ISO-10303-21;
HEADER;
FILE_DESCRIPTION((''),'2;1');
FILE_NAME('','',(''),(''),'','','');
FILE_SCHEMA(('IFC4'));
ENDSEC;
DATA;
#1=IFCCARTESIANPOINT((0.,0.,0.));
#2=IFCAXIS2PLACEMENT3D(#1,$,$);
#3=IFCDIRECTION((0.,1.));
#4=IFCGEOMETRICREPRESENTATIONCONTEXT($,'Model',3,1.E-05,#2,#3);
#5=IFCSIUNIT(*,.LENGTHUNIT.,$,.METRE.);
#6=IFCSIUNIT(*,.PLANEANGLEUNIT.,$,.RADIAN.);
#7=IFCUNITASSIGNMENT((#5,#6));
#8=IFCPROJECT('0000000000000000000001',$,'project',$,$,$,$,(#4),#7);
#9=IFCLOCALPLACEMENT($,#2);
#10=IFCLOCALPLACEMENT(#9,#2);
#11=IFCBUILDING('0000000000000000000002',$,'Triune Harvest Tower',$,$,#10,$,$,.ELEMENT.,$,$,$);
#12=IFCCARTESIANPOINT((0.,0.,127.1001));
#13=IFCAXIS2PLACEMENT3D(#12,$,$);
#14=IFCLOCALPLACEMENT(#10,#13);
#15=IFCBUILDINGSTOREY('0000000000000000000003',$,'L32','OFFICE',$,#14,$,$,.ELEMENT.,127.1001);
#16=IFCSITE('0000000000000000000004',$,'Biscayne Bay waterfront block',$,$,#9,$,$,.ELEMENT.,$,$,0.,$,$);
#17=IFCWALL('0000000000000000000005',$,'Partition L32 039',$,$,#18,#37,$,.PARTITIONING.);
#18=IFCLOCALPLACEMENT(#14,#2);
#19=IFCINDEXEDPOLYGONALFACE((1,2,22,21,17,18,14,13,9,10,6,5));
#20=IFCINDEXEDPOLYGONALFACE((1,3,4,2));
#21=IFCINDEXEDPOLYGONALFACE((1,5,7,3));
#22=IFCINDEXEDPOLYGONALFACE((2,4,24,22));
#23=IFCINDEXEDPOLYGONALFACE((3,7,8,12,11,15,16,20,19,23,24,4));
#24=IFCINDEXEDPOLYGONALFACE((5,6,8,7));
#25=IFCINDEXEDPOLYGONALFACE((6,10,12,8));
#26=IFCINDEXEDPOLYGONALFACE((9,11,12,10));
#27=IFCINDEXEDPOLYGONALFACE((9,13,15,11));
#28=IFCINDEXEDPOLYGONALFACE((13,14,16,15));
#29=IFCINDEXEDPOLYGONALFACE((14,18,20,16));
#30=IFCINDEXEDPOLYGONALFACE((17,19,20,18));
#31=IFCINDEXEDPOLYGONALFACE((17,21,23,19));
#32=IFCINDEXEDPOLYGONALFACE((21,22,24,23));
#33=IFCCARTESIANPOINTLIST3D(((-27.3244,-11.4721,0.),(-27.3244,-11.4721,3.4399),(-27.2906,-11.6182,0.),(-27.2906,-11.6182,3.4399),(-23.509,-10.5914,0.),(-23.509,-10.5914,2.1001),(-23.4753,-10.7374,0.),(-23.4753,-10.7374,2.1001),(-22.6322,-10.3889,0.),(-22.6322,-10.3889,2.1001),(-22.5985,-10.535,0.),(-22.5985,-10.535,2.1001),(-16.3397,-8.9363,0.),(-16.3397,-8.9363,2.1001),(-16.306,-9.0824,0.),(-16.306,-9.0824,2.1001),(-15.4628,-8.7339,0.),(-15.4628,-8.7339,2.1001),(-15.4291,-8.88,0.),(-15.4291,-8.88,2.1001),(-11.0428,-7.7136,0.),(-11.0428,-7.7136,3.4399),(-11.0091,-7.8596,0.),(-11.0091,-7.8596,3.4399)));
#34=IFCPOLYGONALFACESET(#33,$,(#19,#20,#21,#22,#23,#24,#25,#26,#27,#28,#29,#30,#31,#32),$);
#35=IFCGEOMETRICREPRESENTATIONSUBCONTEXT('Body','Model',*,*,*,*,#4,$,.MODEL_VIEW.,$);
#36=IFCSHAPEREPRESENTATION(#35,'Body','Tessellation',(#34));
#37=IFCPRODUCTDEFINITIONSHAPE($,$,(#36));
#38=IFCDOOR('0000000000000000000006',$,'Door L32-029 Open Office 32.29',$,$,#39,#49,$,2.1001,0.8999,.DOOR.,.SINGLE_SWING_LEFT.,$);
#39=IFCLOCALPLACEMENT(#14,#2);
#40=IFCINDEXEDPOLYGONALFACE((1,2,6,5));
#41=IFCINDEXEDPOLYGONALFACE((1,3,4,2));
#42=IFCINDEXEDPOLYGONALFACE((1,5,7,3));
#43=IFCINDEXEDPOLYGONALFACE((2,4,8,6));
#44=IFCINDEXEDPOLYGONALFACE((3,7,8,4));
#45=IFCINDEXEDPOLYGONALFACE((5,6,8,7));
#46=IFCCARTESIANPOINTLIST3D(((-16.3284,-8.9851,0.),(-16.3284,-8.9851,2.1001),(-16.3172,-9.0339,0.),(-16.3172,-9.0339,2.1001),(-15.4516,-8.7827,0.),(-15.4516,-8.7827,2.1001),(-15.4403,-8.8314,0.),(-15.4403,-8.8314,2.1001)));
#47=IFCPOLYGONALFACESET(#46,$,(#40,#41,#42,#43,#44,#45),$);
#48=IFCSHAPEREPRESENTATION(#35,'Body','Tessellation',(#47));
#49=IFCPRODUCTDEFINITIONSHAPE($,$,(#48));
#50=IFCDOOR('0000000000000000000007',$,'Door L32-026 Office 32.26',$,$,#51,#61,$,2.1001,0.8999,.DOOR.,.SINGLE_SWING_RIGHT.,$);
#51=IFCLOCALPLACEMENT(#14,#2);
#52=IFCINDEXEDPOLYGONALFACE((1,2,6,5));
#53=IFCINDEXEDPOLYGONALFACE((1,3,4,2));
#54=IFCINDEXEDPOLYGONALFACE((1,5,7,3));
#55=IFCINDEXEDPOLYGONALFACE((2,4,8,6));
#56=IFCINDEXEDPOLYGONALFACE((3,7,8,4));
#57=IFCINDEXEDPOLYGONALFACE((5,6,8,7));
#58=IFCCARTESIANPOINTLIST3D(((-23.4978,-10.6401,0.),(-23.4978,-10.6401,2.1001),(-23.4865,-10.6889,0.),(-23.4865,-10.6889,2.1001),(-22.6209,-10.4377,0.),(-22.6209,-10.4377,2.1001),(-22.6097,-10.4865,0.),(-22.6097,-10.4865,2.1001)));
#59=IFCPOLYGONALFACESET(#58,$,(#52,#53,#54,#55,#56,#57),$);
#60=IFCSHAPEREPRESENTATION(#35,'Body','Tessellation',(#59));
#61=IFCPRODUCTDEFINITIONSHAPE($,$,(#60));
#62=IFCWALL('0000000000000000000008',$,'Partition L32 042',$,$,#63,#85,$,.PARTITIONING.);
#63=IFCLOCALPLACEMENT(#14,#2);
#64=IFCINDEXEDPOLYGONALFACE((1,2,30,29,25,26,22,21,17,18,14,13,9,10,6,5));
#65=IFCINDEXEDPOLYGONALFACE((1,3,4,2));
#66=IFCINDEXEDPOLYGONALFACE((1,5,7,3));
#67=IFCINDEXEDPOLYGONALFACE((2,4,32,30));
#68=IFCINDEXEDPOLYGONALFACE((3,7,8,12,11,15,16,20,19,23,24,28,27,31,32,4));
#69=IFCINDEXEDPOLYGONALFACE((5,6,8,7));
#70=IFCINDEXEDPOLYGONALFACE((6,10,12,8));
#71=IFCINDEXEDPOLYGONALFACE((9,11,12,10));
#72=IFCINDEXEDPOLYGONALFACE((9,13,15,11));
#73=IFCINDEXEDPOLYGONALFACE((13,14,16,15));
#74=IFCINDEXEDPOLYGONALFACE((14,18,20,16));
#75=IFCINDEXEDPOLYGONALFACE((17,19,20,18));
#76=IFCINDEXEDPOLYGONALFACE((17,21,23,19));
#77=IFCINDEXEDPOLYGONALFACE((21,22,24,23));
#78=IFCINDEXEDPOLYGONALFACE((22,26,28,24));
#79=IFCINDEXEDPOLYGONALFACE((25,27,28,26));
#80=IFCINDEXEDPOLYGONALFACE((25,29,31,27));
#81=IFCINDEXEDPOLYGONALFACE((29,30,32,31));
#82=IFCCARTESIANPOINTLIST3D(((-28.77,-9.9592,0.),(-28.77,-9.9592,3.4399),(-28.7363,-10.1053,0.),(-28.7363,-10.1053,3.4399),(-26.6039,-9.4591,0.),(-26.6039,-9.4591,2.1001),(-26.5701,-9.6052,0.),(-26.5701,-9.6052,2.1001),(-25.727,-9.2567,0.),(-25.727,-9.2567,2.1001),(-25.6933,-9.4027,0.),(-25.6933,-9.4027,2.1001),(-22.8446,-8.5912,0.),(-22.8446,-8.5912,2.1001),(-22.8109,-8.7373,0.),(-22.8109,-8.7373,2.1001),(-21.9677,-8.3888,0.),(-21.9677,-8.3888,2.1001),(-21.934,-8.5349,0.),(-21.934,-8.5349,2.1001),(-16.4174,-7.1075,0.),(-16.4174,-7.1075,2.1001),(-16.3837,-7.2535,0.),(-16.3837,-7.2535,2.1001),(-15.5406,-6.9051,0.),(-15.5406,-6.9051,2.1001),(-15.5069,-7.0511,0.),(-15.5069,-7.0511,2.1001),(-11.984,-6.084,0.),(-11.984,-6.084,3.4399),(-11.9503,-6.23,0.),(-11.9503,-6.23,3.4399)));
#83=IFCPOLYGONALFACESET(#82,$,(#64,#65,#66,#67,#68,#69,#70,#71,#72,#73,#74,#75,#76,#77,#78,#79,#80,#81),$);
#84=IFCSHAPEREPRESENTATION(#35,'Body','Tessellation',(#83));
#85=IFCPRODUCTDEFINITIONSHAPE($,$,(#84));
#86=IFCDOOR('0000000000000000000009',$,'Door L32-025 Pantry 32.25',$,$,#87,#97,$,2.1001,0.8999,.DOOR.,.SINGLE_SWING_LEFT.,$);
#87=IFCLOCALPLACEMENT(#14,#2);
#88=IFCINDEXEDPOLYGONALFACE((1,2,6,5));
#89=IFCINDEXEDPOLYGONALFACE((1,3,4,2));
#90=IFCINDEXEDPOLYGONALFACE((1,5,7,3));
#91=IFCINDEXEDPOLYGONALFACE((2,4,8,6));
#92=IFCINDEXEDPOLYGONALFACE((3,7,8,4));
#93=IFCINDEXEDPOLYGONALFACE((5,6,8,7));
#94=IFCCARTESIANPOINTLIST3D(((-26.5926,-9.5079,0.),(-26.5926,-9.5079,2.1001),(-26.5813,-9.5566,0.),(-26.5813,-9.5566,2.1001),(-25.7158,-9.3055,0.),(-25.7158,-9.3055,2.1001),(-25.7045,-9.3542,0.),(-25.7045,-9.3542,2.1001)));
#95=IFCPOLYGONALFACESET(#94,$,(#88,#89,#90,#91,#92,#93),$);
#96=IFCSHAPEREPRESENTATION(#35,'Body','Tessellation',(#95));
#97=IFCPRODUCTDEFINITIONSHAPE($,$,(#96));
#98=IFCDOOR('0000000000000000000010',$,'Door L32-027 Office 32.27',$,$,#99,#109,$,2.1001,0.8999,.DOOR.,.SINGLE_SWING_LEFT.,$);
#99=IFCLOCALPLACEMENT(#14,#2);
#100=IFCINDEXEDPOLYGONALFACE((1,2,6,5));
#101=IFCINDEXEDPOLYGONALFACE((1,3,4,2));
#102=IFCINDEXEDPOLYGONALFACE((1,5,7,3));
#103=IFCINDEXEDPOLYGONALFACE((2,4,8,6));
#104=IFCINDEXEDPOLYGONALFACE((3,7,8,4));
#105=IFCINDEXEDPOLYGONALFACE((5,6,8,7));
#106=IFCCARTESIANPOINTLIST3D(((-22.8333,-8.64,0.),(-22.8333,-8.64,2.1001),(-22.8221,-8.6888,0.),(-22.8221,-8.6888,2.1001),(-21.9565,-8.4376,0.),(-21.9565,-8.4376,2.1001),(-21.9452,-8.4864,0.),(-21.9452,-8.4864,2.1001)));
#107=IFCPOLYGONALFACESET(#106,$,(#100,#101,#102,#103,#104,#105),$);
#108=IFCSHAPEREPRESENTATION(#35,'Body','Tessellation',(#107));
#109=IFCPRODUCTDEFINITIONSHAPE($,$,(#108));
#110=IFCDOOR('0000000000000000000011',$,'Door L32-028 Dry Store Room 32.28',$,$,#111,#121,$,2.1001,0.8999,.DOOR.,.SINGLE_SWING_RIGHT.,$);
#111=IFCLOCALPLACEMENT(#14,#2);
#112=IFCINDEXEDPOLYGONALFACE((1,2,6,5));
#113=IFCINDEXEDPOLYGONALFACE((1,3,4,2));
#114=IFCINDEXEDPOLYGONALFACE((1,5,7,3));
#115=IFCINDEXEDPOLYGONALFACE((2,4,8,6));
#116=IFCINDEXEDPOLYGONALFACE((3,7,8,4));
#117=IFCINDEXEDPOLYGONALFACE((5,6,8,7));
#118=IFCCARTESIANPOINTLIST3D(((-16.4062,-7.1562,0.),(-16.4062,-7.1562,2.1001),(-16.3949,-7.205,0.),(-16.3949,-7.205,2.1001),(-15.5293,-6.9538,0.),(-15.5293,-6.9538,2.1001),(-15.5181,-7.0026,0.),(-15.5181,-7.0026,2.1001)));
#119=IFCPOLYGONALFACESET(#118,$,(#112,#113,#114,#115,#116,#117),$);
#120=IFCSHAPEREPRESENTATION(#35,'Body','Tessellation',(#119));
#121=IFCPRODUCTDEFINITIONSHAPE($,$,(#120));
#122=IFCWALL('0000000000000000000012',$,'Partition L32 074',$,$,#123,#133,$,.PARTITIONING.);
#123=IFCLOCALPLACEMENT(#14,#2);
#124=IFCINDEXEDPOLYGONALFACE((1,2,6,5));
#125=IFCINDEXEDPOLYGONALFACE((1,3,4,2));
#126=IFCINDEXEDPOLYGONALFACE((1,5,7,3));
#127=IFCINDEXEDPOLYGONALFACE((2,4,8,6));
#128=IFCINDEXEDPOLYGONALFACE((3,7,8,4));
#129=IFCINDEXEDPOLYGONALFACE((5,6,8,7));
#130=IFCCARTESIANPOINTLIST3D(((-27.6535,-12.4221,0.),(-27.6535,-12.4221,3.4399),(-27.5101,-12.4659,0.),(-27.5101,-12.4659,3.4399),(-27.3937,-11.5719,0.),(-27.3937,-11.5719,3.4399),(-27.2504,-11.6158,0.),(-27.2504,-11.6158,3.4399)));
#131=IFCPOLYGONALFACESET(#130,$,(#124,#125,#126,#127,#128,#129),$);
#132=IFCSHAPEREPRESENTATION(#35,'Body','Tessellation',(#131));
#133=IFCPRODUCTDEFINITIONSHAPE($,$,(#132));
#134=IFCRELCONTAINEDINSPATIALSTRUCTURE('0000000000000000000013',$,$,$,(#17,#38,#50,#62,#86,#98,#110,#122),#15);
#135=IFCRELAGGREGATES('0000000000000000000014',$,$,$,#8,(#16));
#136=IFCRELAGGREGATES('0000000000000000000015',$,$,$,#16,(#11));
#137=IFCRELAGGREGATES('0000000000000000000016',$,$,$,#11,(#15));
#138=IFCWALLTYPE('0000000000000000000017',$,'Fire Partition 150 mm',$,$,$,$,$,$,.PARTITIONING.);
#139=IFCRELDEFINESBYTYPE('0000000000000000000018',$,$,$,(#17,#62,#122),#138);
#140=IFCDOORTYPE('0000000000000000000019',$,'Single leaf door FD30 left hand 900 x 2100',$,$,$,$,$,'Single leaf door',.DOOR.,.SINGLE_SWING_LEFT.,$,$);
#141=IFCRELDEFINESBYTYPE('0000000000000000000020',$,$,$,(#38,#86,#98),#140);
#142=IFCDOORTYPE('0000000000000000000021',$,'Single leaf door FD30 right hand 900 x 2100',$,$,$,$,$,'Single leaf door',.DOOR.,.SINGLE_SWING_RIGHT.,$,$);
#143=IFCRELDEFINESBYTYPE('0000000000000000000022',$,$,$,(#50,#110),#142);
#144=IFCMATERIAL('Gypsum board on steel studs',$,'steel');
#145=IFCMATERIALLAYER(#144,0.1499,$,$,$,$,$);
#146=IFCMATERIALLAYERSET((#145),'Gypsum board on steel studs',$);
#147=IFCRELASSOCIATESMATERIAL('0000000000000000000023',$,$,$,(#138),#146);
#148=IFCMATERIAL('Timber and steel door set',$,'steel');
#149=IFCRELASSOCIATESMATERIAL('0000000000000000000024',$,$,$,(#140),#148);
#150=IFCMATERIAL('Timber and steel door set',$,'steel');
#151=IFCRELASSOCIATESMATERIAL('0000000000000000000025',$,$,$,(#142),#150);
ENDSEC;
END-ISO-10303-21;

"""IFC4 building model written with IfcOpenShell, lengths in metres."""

from ifc_helpers import new_model, si_unit, direction, frame, frame_2d, origin, place, context, subcontext, project, spatial, rectangle, extrude, material, layer, layer_set, type_object, element, fill, save


model = new_model("IFC4")

# Units and contexts
model_context = context("Model", 3, precision=1e-05, world=origin(), true_north=direction((0.0, 1.0)))
body_context = subcontext(model_context, "Body", "Model", "MODEL_VIEW")
ifc_project = project(units=[si_unit("LENGTHUNIT", "METRE"), si_unit("PLANEANGLEUNIT", "RADIAN")], contexts=[model_context])

# Site, building, storey
site_placement = place(None, origin())
site = spatial("IfcSite", under=ifc_project, at=site_placement, Name="Biscayne Bay waterfront block", CompositionType="ELEMENT", RefElevation=0.0)
building_placement = place(site_placement, origin())
building = spatial("IfcBuilding", under=site, at=building_placement, Name="Triune Harvest Tower", CompositionType="ELEMENT")
storey_placement = place(building_placement, frame((0.0, 0.0, 127.1001)))
storey = spatial("IfcBuildingStorey", under=building, at=storey_placement, Name="L32", Description="OFFICE", CompositionType="ELEMENT", Elevation=127.1001)

# Walls, openings, doors
ifc_material_1 = material(Name="Gypsum board on steel studs", Category="steel")
ifc_layer_1 = layer(ifc_material_1, 0.1499)
ifc_layer_set_1 = layer_set([ifc_layer_1], Name="Gypsum board on steel studs")
wall_type = type_object("IfcWallType", Name="Fire Partition 150 mm", PredefinedType="PARTITIONING", material=ifc_layer_set_1)
wall_1_placement = place(storey_placement, frame((-27.3076, -11.5452, 0.0), z_axis=(0.0, 0.0, 1.0), x_axis=(0.974374, 0.224932, 0.0)))
wall_1 = element("IfcWall", 1, at=wall_1_placement, inside=storey, type_object=wall_type, Name="Partition L32 039", PredefinedType="PARTITIONING", context=body_context, shape_type="SweptSolid", body=[
    extrude(rectangle(XDim=16.7097, YDim=0.1499, at=frame_2d((8.355, 0.0))), origin(), (0.0, 0.0, 1.0), 3.4399),
])
opening_1_placement = place(wall_1_placement, frame((3.9158, 0.0, 0.0)))
opening_1 = element("IfcOpeningElement", 2, at=opening_1_placement, cuts=wall_1, PredefinedType="OPENING", context=body_context, shape_type="SweptSolid", body=[
    extrude(rectangle(XDim=0.8999, YDim=2.1001, at=frame_2d((0.45, 1.05))), frame((0.0, 0.085, 0.0), z_axis=(0.0, -1.0, 0.0), x_axis=(1.0, 0.0, 0.0)), (0.0, 0.0, 1.0), 0.1699),
])
opening_2_placement = place(wall_1_placement, frame((11.2737, 0.0, 0.0)))
opening_2 = element("IfcOpeningElement", 3, at=opening_2_placement, cuts=wall_1, PredefinedType="OPENING", context=body_context, shape_type="SweptSolid", body=[
    extrude(rectangle(XDim=0.8999, YDim=2.1001, at=frame_2d((0.45, 1.05))), frame((0.0, 0.085, 0.0), z_axis=(0.0, -1.0, 0.0), x_axis=(1.0, 0.0, 0.0)), (0.0, 0.0, 1.0), 0.1699),
])
ifc_material_2 = material(Name="Timber and steel door set", Category="steel")
door_type_1 = type_object("IfcDoorType", Name="Single leaf door FD30 left hand 900 x 2100", ElementType="Single leaf door", OperationType="SINGLE_SWING_LEFT", PredefinedType="DOOR", material=ifc_material_2)
door_1_placement = place(opening_2_placement, origin())
door_1 = element("IfcDoor", 4, at=door_1_placement, inside=storey, type_object=door_type_1, Name="Door L32-029 Open Office 32.29", OperationType="SINGLE_SWING_LEFT", OverallHeight=2.1001, OverallWidth=0.8999, PredefinedType="DOOR", context=body_context, shape_type="SweptSolid", body=[
    extrude(rectangle(XDim=0.8999, YDim=2.1001, at=frame_2d((0.45, 1.05))), frame((0.0, 0.0249, 0.0), z_axis=(0.0, -1.0, 0.0), x_axis=(1.0, 0.0, 0.0)), (0.0, 0.0, 1.0), 0.05),
])
fill(opening_2, door_1)
ifc_material_3 = material(Name="Timber and steel door set", Category="steel")
door_type_2 = type_object("IfcDoorType", Name="Single leaf door FD30 right hand 900 x 2100", ElementType="Single leaf door", OperationType="SINGLE_SWING_RIGHT", PredefinedType="DOOR", material=ifc_material_3)
door_2_placement = place(opening_1_placement, origin())
door_2 = element("IfcDoor", 5, at=door_2_placement, inside=storey, type_object=door_type_2, Name="Door L32-026 Office 32.26", OperationType="SINGLE_SWING_RIGHT", OverallHeight=2.1001, OverallWidth=0.8999, PredefinedType="DOOR", context=body_context, shape_type="SweptSolid", body=[
    extrude(rectangle(XDim=0.8999, YDim=2.1001, at=frame_2d((0.45, 1.05))), frame((0.0, 0.0249, 0.0), z_axis=(0.0, -1.0, 0.0), x_axis=(1.0, 0.0, 0.0)), (0.0, 0.0, 1.0), 0.05),
])
fill(opening_1, door_2)
wall_2_placement = place(storey_placement, frame((-28.7532, -10.0322, 0.0), z_axis=(0.0, 0.0, 1.0), x_axis=(0.974372, 0.224943, 0.0)))
wall_2 = element("IfcWall", 6, at=wall_2_placement, inside=storey, type_object=wall_type, Name="Partition L32 042", PredefinedType="PARTITIONING", context=body_context, shape_type="SweptSolid", body=[
    extrude(rectangle(XDim=17.2275, YDim=0.1499, at=frame_2d((8.6138, 0.0))), origin(), (0.0, 0.0, 1.0), 3.4399),
])
opening_3_placement = place(wall_2_placement, frame((2.2231, 0.0, 0.0)))
opening_3 = element("IfcOpeningElement", 7, at=opening_3_placement, cuts=wall_2, PredefinedType="OPENING", context=body_context, shape_type="SweptSolid", body=[
    extrude(rectangle(XDim=0.8999, YDim=2.1001, at=frame_2d((0.45, 1.05))), frame((0.0, 0.085, 0.0), z_axis=(0.0, -1.0, 0.0), x_axis=(1.0, 0.0, 0.0)), (0.0, 0.0, 1.0), 0.1699),
])
opening_4_placement = place(wall_2_placement, frame((6.0813, 0.0, 0.0)))
opening_4 = element("IfcOpeningElement", 8, at=opening_4_placement, cuts=wall_2, PredefinedType="OPENING", context=body_context, shape_type="SweptSolid", body=[
    extrude(rectangle(XDim=0.8999, YDim=2.1001, at=frame_2d((0.45, 1.05))), frame((0.0, 0.085, 0.0), z_axis=(0.0, -1.0, 0.0), x_axis=(1.0, 0.0, 0.0)), (0.0, 0.0, 1.0), 0.1699),
])
opening_5_placement = place(wall_2_placement, frame((12.6775, 0.0, 0.0)))
opening_5 = element("IfcOpeningElement", 9, at=opening_5_placement, cuts=wall_2, PredefinedType="OPENING", context=body_context, shape_type="SweptSolid", body=[
    extrude(rectangle(XDim=0.8999, YDim=2.1001, at=frame_2d((0.45, 1.05))), frame((0.0, 0.085, 0.0), z_axis=(0.0, -1.0, 0.0), x_axis=(1.0, 0.0, 0.0)), (0.0, 0.0, 1.0), 0.1699),
])
door_3_placement = place(opening_3_placement, origin())
door_3 = element("IfcDoor", 10, at=door_3_placement, inside=storey, type_object=door_type_1, Name="Door L32-025 Pantry 32.25", OperationType="SINGLE_SWING_LEFT", OverallHeight=2.1001, OverallWidth=0.8999, PredefinedType="DOOR", context=body_context, shape_type="SweptSolid", body=[
    extrude(rectangle(XDim=0.8999, YDim=2.1001, at=frame_2d((0.45, 1.05))), frame((0.0, 0.0249, 0.0), z_axis=(0.0, -1.0, 0.0), x_axis=(1.0, 0.0, 0.0)), (0.0, 0.0, 1.0), 0.05),
])
fill(opening_3, door_3)
door_4_placement = place(opening_4_placement, origin())
door_4 = element("IfcDoor", 11, at=door_4_placement, inside=storey, type_object=door_type_1, Name="Door L32-027 Office 32.27", OperationType="SINGLE_SWING_LEFT", OverallHeight=2.1001, OverallWidth=0.8999, PredefinedType="DOOR", context=body_context, shape_type="SweptSolid", body=[
    extrude(rectangle(XDim=0.8999, YDim=2.1001, at=frame_2d((0.45, 1.05))), frame((0.0, 0.0249, 0.0), z_axis=(0.0, -1.0, 0.0), x_axis=(1.0, 0.0, 0.0)), (0.0, 0.0, 1.0), 0.05),
])
fill(opening_4, door_4)
door_5_placement = place(opening_5_placement, origin())
door_5 = element("IfcDoor", 12, at=door_5_placement, inside=storey, type_object=door_type_2, Name="Door L32-028 Dry Store Room 32.28", OperationType="SINGLE_SWING_RIGHT", OverallHeight=2.1001, OverallWidth=0.8999, PredefinedType="DOOR", context=body_context, shape_type="SweptSolid", body=[
    extrude(rectangle(XDim=0.8999, YDim=2.1001, at=frame_2d((0.45, 1.05))), frame((0.0, 0.0249, 0.0), z_axis=(0.0, -1.0, 0.0), x_axis=(1.0, 0.0, 0.0)), (0.0, 0.0, 1.0), 0.05),
])
fill(opening_5, door_5)

# Wall
wall_3_placement = place(storey_placement, frame((-27.5818, -12.4438, 0.0), z_axis=(0.0, 0.0, 1.0), x_axis=(0.292232, 0.956347, 0.0)))
element("IfcWall", 13, at=wall_3_placement, inside=storey, type_object=wall_type, Name="Partition L32 074", PredefinedType="PARTITIONING", context=body_context, shape_type="SweptSolid", body=[
    extrude(rectangle(XDim=0.8889, YDim=0.1499, at=frame_2d((0.4443, 0.0))), origin(), (0.0, 0.0, 1.0), 3.4399),
])

save(model, "model.ifc")
